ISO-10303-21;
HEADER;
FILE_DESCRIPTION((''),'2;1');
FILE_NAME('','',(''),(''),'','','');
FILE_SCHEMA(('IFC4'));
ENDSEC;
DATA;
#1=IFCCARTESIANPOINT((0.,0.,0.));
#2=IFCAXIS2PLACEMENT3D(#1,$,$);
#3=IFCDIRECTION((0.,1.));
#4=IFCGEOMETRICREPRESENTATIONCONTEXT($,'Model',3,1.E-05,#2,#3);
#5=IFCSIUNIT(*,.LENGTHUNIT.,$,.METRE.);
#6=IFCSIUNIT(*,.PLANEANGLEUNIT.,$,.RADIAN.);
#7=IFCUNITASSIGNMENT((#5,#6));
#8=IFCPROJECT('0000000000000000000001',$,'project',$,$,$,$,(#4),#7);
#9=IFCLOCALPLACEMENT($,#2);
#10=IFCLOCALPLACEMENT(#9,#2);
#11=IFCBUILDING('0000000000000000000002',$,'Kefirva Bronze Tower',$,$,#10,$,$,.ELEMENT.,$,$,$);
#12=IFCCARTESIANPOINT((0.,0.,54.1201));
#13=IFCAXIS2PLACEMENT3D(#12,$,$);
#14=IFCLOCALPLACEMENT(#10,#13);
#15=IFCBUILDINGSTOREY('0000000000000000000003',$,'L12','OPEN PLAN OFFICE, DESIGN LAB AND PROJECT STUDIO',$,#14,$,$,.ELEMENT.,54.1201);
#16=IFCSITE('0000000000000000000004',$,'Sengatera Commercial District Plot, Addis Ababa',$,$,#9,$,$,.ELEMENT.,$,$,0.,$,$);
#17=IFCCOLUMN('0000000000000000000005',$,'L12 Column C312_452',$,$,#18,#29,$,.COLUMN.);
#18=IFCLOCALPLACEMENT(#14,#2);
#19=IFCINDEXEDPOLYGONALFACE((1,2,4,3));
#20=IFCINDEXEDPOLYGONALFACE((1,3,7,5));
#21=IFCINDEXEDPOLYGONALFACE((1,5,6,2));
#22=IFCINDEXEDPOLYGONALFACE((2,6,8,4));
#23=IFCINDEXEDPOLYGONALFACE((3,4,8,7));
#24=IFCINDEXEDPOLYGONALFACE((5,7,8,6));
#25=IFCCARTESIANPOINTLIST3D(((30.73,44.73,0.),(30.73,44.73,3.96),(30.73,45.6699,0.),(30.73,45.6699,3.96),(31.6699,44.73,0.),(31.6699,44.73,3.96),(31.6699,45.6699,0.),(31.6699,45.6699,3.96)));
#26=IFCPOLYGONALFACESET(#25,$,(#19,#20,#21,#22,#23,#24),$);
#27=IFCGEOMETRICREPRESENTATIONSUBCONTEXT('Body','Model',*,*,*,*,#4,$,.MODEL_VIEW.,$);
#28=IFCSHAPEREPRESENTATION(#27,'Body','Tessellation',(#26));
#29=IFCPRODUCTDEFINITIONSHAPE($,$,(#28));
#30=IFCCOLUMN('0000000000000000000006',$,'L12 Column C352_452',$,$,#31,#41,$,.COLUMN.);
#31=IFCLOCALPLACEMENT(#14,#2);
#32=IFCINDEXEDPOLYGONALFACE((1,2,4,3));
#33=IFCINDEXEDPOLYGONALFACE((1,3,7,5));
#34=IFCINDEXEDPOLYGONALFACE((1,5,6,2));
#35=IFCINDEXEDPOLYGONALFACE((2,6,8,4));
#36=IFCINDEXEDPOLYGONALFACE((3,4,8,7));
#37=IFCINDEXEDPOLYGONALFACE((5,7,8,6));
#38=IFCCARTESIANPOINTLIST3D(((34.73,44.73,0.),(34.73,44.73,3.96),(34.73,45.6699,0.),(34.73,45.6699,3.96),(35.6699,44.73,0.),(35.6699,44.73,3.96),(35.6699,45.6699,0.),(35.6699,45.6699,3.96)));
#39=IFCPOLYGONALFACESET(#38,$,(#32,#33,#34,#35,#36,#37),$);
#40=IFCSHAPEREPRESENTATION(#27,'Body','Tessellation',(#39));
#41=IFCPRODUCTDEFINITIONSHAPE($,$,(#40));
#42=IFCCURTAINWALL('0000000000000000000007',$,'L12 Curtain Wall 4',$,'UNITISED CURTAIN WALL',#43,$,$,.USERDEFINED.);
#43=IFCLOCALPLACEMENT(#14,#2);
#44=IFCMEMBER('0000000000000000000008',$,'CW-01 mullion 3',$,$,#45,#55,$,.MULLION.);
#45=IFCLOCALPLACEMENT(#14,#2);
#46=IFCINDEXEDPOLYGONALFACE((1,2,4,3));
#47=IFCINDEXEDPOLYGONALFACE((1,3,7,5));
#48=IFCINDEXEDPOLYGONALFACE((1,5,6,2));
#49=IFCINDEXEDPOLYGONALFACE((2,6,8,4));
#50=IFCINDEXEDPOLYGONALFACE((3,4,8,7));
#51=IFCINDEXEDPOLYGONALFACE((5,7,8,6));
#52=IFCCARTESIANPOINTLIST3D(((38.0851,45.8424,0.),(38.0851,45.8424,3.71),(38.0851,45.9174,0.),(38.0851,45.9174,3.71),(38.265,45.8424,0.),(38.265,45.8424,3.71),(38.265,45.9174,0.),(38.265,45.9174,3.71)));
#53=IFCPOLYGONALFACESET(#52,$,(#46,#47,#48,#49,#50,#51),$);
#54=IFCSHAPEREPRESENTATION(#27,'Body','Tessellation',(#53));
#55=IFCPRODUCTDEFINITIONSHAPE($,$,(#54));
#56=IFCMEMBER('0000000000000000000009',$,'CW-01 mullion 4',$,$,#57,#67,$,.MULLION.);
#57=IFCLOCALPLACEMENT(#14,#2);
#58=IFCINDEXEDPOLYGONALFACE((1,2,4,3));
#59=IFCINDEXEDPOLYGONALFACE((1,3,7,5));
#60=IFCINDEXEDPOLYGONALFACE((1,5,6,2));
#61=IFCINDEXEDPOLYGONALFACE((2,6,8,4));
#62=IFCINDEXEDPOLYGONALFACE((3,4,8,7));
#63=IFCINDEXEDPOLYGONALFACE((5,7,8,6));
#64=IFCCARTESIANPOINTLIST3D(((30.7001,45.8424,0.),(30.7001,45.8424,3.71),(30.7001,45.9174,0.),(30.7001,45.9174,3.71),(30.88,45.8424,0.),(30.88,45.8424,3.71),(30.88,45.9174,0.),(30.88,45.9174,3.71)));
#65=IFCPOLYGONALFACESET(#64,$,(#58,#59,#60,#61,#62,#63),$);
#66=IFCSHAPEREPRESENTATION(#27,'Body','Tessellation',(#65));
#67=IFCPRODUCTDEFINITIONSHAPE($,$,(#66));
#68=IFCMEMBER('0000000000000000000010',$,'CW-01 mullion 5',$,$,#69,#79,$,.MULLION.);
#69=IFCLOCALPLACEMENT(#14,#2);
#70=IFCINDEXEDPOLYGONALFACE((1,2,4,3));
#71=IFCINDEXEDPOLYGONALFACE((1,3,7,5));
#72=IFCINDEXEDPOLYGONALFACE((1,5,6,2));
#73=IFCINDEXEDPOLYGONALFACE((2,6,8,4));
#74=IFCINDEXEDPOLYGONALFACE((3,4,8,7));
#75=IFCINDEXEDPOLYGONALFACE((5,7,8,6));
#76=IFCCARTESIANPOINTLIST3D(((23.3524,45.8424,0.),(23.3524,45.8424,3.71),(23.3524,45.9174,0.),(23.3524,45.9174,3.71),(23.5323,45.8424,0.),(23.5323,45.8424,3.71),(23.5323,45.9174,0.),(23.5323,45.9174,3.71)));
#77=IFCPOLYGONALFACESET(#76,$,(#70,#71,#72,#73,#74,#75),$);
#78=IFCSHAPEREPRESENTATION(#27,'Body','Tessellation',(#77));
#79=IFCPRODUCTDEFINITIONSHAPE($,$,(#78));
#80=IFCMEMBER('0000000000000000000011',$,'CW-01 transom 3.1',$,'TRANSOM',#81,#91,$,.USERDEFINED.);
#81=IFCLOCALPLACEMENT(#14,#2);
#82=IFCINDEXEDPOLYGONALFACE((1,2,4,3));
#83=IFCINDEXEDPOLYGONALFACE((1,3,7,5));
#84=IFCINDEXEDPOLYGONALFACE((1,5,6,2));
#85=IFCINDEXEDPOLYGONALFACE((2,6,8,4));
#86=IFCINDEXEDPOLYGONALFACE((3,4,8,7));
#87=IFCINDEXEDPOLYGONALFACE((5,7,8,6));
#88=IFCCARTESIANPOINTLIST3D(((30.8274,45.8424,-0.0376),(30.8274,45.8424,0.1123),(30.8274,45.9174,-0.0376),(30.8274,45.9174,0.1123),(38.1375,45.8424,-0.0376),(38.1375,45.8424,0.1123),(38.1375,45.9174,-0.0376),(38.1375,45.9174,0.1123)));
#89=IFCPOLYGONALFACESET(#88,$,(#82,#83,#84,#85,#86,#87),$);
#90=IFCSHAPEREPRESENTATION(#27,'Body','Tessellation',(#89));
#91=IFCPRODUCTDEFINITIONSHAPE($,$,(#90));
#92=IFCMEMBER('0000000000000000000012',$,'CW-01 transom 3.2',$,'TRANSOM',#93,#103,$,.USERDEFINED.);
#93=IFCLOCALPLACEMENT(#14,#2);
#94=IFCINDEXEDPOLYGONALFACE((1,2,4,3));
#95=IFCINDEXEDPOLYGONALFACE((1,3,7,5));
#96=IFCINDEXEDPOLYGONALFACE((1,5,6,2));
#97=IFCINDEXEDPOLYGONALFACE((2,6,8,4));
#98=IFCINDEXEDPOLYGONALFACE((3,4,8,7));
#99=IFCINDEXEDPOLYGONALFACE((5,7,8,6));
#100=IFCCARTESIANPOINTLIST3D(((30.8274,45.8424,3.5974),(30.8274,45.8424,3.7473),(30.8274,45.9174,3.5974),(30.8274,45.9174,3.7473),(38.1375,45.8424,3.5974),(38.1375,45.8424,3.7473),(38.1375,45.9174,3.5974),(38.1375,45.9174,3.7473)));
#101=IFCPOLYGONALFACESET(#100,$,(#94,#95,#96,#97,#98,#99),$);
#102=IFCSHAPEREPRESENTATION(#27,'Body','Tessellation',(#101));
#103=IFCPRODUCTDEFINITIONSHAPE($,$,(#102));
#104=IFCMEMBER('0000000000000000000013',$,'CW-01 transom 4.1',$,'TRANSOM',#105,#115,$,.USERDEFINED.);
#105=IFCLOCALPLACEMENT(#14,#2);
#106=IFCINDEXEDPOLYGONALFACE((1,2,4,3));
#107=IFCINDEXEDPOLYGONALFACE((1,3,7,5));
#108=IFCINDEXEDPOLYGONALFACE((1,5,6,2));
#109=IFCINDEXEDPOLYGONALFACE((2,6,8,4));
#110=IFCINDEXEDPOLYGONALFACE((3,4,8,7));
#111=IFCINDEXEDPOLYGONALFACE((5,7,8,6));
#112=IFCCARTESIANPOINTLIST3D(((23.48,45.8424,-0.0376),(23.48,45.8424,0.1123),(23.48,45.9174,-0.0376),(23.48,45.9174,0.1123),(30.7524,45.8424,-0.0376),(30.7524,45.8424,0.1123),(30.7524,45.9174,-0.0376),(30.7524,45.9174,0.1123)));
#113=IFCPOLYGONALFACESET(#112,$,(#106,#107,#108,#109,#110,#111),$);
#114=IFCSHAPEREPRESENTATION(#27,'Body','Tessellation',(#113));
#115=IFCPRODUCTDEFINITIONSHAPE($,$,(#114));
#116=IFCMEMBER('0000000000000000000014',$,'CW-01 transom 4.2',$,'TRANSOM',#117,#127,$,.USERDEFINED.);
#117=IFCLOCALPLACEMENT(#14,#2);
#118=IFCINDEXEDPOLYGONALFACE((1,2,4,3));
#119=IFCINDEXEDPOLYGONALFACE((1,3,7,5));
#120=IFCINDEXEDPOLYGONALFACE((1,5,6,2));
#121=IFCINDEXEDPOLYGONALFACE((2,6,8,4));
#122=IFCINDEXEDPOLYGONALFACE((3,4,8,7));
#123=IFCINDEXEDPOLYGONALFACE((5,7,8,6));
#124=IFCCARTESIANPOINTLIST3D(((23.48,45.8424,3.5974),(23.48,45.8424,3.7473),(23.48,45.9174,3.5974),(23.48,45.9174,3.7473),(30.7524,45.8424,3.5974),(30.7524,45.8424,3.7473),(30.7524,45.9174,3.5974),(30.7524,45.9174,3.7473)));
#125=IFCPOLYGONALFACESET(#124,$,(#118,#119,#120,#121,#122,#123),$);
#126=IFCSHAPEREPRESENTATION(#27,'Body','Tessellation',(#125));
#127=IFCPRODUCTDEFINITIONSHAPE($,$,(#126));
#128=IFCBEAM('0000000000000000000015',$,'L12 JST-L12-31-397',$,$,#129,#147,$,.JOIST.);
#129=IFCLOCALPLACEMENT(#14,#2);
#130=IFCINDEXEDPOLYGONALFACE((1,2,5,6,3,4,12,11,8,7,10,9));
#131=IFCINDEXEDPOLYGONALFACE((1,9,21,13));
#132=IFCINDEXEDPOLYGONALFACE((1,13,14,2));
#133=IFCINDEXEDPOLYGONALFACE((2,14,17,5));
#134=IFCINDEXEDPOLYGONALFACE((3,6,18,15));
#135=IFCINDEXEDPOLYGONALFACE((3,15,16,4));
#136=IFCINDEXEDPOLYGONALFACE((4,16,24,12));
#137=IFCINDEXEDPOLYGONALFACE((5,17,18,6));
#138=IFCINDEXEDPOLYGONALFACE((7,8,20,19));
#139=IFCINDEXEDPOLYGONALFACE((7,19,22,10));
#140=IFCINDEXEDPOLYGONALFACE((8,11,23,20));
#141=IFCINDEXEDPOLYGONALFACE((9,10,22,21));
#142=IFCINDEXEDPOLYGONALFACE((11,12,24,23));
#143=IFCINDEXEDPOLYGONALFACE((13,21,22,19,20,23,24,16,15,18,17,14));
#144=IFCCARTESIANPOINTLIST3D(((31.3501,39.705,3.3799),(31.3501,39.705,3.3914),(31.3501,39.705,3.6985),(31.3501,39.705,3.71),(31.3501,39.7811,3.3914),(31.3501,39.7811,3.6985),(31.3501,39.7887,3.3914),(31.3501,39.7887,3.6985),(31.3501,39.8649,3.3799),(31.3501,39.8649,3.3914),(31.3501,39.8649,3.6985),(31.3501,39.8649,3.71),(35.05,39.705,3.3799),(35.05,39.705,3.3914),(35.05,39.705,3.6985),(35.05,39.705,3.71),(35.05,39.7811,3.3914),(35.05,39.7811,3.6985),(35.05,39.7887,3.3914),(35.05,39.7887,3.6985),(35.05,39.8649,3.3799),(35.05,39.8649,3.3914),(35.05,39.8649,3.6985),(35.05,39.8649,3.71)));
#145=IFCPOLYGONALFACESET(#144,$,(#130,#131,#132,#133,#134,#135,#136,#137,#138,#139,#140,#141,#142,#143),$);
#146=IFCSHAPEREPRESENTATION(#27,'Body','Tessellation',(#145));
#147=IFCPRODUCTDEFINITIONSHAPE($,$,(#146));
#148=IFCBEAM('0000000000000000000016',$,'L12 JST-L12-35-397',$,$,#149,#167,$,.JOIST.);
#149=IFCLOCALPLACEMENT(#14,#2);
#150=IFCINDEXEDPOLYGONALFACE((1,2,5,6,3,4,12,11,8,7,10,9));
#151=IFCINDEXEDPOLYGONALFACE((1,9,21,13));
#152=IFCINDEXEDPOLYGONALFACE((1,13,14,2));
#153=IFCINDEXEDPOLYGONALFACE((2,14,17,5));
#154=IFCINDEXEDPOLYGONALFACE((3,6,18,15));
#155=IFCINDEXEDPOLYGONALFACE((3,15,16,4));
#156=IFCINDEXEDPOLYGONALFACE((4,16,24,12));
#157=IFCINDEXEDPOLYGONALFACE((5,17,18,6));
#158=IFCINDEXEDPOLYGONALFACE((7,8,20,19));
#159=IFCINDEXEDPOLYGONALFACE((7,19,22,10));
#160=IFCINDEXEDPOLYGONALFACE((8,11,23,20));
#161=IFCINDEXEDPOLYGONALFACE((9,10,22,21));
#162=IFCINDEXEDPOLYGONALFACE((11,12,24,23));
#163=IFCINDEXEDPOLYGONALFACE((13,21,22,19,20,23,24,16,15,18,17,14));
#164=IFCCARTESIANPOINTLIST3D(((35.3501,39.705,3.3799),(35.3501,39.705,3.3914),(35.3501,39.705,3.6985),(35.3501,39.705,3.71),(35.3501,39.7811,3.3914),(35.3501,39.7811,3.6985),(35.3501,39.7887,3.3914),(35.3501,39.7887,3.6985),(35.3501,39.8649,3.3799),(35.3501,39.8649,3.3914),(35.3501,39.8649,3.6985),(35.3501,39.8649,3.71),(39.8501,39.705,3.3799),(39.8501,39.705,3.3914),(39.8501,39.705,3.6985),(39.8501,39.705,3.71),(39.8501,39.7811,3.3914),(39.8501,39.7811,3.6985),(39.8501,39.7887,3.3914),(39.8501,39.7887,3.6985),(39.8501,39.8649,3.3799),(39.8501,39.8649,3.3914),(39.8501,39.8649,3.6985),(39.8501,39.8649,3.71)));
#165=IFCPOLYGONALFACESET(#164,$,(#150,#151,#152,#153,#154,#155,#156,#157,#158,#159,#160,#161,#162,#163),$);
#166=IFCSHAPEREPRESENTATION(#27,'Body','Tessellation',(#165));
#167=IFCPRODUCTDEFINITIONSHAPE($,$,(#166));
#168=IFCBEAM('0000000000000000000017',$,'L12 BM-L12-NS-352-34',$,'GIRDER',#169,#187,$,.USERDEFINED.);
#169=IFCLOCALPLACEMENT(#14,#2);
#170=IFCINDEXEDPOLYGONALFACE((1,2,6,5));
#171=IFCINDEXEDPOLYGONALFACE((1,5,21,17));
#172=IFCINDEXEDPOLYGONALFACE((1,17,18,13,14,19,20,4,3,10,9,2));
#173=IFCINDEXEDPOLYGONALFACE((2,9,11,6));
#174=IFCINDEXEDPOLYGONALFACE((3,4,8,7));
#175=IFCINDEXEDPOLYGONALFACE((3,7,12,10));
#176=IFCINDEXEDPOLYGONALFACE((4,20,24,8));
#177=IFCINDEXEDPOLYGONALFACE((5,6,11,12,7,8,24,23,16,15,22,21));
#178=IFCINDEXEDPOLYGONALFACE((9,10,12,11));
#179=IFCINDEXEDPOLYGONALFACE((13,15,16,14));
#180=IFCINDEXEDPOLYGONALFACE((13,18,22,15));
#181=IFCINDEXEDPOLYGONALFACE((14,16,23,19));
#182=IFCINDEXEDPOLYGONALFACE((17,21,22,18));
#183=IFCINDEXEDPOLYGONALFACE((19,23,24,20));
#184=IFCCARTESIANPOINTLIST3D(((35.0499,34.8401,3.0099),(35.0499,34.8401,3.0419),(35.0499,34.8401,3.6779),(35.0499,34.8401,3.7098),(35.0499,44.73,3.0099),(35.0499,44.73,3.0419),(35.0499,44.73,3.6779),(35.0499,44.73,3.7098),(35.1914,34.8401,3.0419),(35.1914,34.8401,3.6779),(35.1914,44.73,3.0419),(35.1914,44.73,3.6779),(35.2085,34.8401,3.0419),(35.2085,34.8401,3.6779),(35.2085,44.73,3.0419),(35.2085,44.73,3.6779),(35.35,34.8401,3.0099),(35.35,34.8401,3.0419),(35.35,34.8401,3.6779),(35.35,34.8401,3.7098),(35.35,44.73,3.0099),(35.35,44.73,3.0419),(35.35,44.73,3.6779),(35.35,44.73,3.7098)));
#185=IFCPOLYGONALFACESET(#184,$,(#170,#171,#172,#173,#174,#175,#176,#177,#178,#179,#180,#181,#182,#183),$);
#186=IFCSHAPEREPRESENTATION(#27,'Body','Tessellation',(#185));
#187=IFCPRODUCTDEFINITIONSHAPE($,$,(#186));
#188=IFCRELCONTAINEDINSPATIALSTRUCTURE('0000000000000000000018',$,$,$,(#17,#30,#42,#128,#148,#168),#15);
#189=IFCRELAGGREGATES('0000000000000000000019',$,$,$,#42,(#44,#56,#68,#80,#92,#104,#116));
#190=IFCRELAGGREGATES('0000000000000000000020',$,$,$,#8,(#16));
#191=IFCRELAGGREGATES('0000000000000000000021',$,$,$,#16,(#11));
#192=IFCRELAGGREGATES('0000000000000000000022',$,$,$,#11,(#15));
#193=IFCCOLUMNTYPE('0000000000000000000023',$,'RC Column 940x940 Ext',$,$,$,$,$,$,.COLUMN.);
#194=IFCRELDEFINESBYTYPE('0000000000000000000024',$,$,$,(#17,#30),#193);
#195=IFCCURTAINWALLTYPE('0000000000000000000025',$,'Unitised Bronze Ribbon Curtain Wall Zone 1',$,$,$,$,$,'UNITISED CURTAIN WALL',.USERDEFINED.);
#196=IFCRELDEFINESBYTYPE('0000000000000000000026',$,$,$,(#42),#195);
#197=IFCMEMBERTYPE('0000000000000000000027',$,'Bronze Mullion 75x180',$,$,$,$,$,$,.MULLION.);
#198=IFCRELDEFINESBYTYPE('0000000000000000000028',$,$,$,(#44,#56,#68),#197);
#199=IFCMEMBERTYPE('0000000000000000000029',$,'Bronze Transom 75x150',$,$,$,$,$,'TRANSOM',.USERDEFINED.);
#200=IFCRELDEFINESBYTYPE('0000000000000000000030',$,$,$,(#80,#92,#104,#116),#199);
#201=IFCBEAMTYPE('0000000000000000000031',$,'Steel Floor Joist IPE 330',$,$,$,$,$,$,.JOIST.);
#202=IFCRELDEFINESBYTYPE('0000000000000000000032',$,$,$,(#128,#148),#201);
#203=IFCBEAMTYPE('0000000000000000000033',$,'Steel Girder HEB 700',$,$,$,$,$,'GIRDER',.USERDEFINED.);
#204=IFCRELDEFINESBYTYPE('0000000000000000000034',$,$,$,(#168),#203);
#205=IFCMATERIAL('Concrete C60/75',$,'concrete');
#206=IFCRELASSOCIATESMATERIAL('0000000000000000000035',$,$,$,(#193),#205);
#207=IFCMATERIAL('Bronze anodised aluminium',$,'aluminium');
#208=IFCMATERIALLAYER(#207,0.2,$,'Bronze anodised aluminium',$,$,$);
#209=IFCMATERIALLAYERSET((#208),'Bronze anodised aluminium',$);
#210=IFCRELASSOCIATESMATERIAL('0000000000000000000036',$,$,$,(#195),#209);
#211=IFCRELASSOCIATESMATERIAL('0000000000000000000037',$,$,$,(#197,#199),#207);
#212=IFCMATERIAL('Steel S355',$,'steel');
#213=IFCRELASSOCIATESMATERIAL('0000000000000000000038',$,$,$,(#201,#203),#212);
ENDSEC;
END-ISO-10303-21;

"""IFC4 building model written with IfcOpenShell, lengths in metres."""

from ifc_helpers import new_model, si_unit, direction, frame, origin, origin_2d, place, context, subcontext, project, spatial, rectangle, i_section, extrude, material, layer, layer_set, material_profile, profile_set, type_object, element, aggregate, save


model = new_model("IFC4")

# Units and contexts
model_context = context("Model", 3, precision=1e-05, world=origin(), true_north=direction((0.0, 1.0)))
body_context = subcontext(model_context, "Body", "Model", "MODEL_VIEW")
ifc_project = project(units=[si_unit("LENGTHUNIT", "METRE"), si_unit("PLANEANGLEUNIT", "RADIAN")], contexts=[model_context])

# Site, building, storey
site_placement = place(None, origin())
site = spatial("IfcSite", under=ifc_project, at=site_placement, Name="Sengatera Commercial District Plot, Addis Ababa", CompositionType="ELEMENT", RefElevation=0.0)
building_placement = place(site_placement, origin())
building = spatial("IfcBuilding", under=site, at=building_placement, Name="Kefirva Bronze Tower", CompositionType="ELEMENT")
storey_placement = place(building_placement, frame((0.0, 0.0, 54.1201)))
storey = spatial("IfcBuildingStorey", under=building, at=storey_placement, Name="L12", Description="OPEN PLAN OFFICE, DESIGN LAB AND PROJECT STUDIO", CompositionType="ELEMENT", Elevation=54.1201)

# Columns
ifc_material_1 = material(Name="Concrete C60/75", Category="concrete")
ifc_material_profile_1 = material_profile(ifc_material_1, rectangle(XDim=0.9399, YDim=0.9399, at=origin_2d()), Name="RC 940x940")
ifc_profile_set_1 = profile_set([ifc_material_profile_1], Name="Concrete C60/75")
column_type = type_object("IfcColumnType", Name="RC Column 940x940 Ext", PredefinedType="COLUMN", material=ifc_profile_set_1)
for number, where, z_axis, x_axis, name in (
    (1, (31.2, 45.2, 0.0), (0.0, 0.0, 1.0), (1.0, 0.0, 0.0), "L12 Column C312_452"),
    (2, (35.2, 45.2, 0.0), (0.0, 0.0, 1.0), (1.0, 0.0, 0.0), "L12 Column C352_452"),
):
    element("IfcColumn", number, at=place(storey_placement, frame(where, z_axis=z_axis, x_axis=x_axis)), inside=storey, type_object=column_type, Name=name, PredefinedType="COLUMN", context=body_context, shape_type="SweptSolid", body=[
        extrude(rectangle(XDim=0.9399, YDim=0.9399, at=origin_2d()), origin(), (0.0, 0.0, 1.0), 3.96),
    ])

# Curtain wall, members
ifc_material_2 = material(Name="Bronze anodised aluminium", Category="aluminium")
ifc_layer_1 = layer(ifc_material_2, 0.2, Name="Bronze anodised aluminium")
ifc_layer_set_1 = layer_set([ifc_layer_1], Name="Bronze anodised aluminium")
curtain_wall_type = type_object("IfcCurtainWallType", Name="Unitised Bronze Ribbon Curtain Wall Zone 1", ElementType="UNITISED CURTAIN WALL", PredefinedType="USERDEFINED", material=ifc_layer_set_1)
curtain_wall_placement = place(storey_placement, origin())
curtain_wall = element("IfcCurtainWall", 3, at=curtain_wall_placement, inside=storey, type_object=curtain_wall_type, Name="L12 Curtain Wall 4", ObjectType="UNITISED CURTAIN WALL", PredefinedType="USERDEFINED")
ifc_material_profile_2 = material_profile(ifc_material_2, rectangle(XDim=0.075, YDim=0.1799, at=origin_2d()), Name="ALU 75x180")
ifc_profile_set_2 = profile_set([ifc_material_profile_2], Name="Bronze anodised aluminium")
member_type_1 = type_object("IfcMemberType", Name="Bronze Mullion 75x180", PredefinedType="MULLION", material=ifc_profile_set_2)
member_1_placement = place(storey_placement, frame((38.175, 45.8799, 0.0), z_axis=(0.0, 0.0, 1.0), x_axis=(0.0, -1.0, 0.0)))
member_1 = element("IfcMember", 4, at=member_1_placement, type_object=member_type_1, Name="CW-01 mullion 3", PredefinedType="MULLION", context=body_context, shape_type="SweptSolid", body=[
    extrude(rectangle(XDim=0.075, YDim=0.1799, at=origin_2d()), origin(), (0.0, 0.0, 1.0), 3.71),
])
member_2_placement = place(storey_placement, frame((30.79, 45.8799, 0.0), z_axis=(0.0, 0.0, 1.0), x_axis=(0.0, -1.0, 0.0)))
member_2 = element("IfcMember", 5, at=member_2_placement, type_object=member_type_1, Name="CW-01 mullion 4", PredefinedType="MULLION", context=body_context, shape_type="SweptSolid", body=[
    extrude(rectangle(XDim=0.075, YDim=0.1799, at=origin_2d()), origin(), (0.0, 0.0, 1.0), 3.71),
])
member_3_placement = place(storey_placement, frame((23.4424, 45.8799, 0.0), z_axis=(0.0, 0.0, 1.0), x_axis=(0.0, -1.0, 0.0)))
member_3 = element("IfcMember", 6, at=member_3_placement, type_object=member_type_1, Name="CW-01 mullion 5", PredefinedType="MULLION", context=body_context, shape_type="SweptSolid", body=[
    extrude(rectangle(XDim=0.075, YDim=0.1799, at=origin_2d()), origin(), (0.0, 0.0, 1.0), 3.71),
])
ifc_material_profile_3 = material_profile(ifc_material_2, rectangle(XDim=0.075, YDim=0.1499, at=origin_2d()), Name="ALU 75x150")
ifc_profile_set_3 = profile_set([ifc_material_profile_3], Name="Bronze anodised aluminium")
member_type_2 = type_object("IfcMemberType", Name="Bronze Transom 75x150", ElementType="TRANSOM", PredefinedType="USERDEFINED", material=ifc_profile_set_3)
member_4_placement = place(storey_placement, frame((38.1375, 45.8799, 0.0374), z_axis=(-1.0, 0.0, 0.0), x_axis=(0.0, -1.0, 0.0)))
member_4 = element("IfcMember", 7, at=member_4_placement, type_object=member_type_2, Name="CW-01 transom 3.1", ObjectType="TRANSOM", PredefinedType="USERDEFINED", context=body_context, shape_type="SweptSolid", body=[
    extrude(rectangle(XDim=0.075, YDim=0.1499, at=origin_2d()), origin(), (0.0, 0.0, 1.0), 7.3101),
])
member_5_placement = place(storey_placement, frame((38.1375, 45.8799, 3.6724), z_axis=(-1.0, 0.0, 0.0), x_axis=(0.0, -1.0, 0.0)))
member_5 = element("IfcMember", 8, at=member_5_placement, type_object=member_type_2, Name="CW-01 transom 3.2", ObjectType="TRANSOM", PredefinedType="USERDEFINED", context=body_context, shape_type="SweptSolid", body=[
    extrude(rectangle(XDim=0.075, YDim=0.1499, at=origin_2d()), origin(), (0.0, 0.0, 1.0), 7.3101),
])
member_6_placement = place(storey_placement, frame((30.7524, 45.8799, 0.0374), z_axis=(-1.0, 0.0, 0.0), x_axis=(0.0, -1.0, 0.0)))
member_6 = element("IfcMember", 9, at=member_6_placement, type_object=member_type_2, Name="CW-01 transom 4.1", ObjectType="TRANSOM", PredefinedType="USERDEFINED", context=body_context, shape_type="SweptSolid", body=[
    extrude(rectangle(XDim=0.075, YDim=0.1499, at=origin_2d()), origin(), (0.0, 0.0, 1.0), 7.2725),
])
member_7_placement = place(storey_placement, frame((30.7524, 45.8799, 3.6724), z_axis=(-1.0, 0.0, 0.0), x_axis=(0.0, -1.0, 0.0)))
member_7 = element("IfcMember", 10, at=member_7_placement, type_object=member_type_2, Name="CW-01 transom 4.2", ObjectType="TRANSOM", PredefinedType="USERDEFINED", context=body_context, shape_type="SweptSolid", body=[
    extrude(rectangle(XDim=0.075, YDim=0.1499, at=origin_2d()), origin(), (0.0, 0.0, 1.0), 7.2725),
])

# Beams
ifc_material_3 = material(Name="Steel S355", Category="steel")
ifc_material_profile_4 = material_profile(ifc_material_3, i_section(OverallWidth=0.1599, OverallDepth=0.3301, WebThickness=0.0076, FlangeThickness=0.0115, at=origin_2d()), Name="IPE 330")
ifc_profile_set_4 = profile_set([ifc_material_profile_4], Name="Steel S355")
beam_type_1 = type_object("IfcBeamType", Name="Steel Floor Joist IPE 330", PredefinedType="JOIST", material=ifc_profile_set_4)
beam_1_placement = place(storey_placement, frame((31.3501, 39.7849, 3.5449), z_axis=(1.0, 0.0, 0.0), x_axis=(0.0, 1.0, 0.0)))
element("IfcBeam", 11, at=beam_1_placement, inside=storey, type_object=beam_type_1, Name="L12 JST-L12-31-397", PredefinedType="JOIST", context=body_context, shape_type="SweptSolid", body=[
    extrude(i_section(OverallWidth=0.1599, OverallDepth=0.3301, WebThickness=0.0076, FlangeThickness=0.0115, at=origin_2d()), origin(), (0.0, 0.0, 1.0), 3.7),
])
beam_2_placement = place(storey_placement, frame((35.3501, 39.7849, 3.5449), z_axis=(1.0, 0.0, 0.0), x_axis=(0.0, 1.0, 0.0)))
element("IfcBeam", 12, at=beam_2_placement, inside=storey, type_object=beam_type_1, Name="L12 JST-L12-35-397", PredefinedType="JOIST", context=body_context, shape_type="SweptSolid", body=[
    extrude(i_section(OverallWidth=0.1599, OverallDepth=0.3301, WebThickness=0.0076, FlangeThickness=0.0115, at=origin_2d()), origin(), (0.0, 0.0, 1.0), 4.5),
])
ifc_material_profile_5 = material_profile(ifc_material_3, i_section(OverallWidth=0.3, OverallDepth=0.7, WebThickness=0.0171, FlangeThickness=0.032, at=origin_2d()), Name="HEB 700")
ifc_profile_set_5 = profile_set([ifc_material_profile_5], Name="Steel S355")
beam_type_2 = type_object("IfcBeamType", Name="Steel Girder HEB 700", ElementType="GIRDER", PredefinedType="USERDEFINED", material=ifc_profile_set_5)
for number, where, z_axis, x_axis, name in (
    (13, (35.2, 34.8401, 3.3599), (0.0, 1.0, 0.0), (-1.0, 0.0, 0.0), "L12 BM-L12-NS-352-34"),
):
    element("IfcBeam", number, at=place(storey_placement, frame(where, z_axis=z_axis, x_axis=x_axis)), inside=storey, type_object=beam_type_2, Name=name, ObjectType="GIRDER", PredefinedType="USERDEFINED", context=body_context, shape_type="SweptSolid", body=[
        extrude(i_section(OverallWidth=0.3, OverallDepth=0.7, WebThickness=0.0171, FlangeThickness=0.032, at=origin_2d()), origin(), (0.0, 0.0, 1.0), 9.8899),
    ])

aggregate(curtain_wall, [member_1, member_2, member_3, member_4, member_5, member_6, member_7])

save(model, "model.ifc")
